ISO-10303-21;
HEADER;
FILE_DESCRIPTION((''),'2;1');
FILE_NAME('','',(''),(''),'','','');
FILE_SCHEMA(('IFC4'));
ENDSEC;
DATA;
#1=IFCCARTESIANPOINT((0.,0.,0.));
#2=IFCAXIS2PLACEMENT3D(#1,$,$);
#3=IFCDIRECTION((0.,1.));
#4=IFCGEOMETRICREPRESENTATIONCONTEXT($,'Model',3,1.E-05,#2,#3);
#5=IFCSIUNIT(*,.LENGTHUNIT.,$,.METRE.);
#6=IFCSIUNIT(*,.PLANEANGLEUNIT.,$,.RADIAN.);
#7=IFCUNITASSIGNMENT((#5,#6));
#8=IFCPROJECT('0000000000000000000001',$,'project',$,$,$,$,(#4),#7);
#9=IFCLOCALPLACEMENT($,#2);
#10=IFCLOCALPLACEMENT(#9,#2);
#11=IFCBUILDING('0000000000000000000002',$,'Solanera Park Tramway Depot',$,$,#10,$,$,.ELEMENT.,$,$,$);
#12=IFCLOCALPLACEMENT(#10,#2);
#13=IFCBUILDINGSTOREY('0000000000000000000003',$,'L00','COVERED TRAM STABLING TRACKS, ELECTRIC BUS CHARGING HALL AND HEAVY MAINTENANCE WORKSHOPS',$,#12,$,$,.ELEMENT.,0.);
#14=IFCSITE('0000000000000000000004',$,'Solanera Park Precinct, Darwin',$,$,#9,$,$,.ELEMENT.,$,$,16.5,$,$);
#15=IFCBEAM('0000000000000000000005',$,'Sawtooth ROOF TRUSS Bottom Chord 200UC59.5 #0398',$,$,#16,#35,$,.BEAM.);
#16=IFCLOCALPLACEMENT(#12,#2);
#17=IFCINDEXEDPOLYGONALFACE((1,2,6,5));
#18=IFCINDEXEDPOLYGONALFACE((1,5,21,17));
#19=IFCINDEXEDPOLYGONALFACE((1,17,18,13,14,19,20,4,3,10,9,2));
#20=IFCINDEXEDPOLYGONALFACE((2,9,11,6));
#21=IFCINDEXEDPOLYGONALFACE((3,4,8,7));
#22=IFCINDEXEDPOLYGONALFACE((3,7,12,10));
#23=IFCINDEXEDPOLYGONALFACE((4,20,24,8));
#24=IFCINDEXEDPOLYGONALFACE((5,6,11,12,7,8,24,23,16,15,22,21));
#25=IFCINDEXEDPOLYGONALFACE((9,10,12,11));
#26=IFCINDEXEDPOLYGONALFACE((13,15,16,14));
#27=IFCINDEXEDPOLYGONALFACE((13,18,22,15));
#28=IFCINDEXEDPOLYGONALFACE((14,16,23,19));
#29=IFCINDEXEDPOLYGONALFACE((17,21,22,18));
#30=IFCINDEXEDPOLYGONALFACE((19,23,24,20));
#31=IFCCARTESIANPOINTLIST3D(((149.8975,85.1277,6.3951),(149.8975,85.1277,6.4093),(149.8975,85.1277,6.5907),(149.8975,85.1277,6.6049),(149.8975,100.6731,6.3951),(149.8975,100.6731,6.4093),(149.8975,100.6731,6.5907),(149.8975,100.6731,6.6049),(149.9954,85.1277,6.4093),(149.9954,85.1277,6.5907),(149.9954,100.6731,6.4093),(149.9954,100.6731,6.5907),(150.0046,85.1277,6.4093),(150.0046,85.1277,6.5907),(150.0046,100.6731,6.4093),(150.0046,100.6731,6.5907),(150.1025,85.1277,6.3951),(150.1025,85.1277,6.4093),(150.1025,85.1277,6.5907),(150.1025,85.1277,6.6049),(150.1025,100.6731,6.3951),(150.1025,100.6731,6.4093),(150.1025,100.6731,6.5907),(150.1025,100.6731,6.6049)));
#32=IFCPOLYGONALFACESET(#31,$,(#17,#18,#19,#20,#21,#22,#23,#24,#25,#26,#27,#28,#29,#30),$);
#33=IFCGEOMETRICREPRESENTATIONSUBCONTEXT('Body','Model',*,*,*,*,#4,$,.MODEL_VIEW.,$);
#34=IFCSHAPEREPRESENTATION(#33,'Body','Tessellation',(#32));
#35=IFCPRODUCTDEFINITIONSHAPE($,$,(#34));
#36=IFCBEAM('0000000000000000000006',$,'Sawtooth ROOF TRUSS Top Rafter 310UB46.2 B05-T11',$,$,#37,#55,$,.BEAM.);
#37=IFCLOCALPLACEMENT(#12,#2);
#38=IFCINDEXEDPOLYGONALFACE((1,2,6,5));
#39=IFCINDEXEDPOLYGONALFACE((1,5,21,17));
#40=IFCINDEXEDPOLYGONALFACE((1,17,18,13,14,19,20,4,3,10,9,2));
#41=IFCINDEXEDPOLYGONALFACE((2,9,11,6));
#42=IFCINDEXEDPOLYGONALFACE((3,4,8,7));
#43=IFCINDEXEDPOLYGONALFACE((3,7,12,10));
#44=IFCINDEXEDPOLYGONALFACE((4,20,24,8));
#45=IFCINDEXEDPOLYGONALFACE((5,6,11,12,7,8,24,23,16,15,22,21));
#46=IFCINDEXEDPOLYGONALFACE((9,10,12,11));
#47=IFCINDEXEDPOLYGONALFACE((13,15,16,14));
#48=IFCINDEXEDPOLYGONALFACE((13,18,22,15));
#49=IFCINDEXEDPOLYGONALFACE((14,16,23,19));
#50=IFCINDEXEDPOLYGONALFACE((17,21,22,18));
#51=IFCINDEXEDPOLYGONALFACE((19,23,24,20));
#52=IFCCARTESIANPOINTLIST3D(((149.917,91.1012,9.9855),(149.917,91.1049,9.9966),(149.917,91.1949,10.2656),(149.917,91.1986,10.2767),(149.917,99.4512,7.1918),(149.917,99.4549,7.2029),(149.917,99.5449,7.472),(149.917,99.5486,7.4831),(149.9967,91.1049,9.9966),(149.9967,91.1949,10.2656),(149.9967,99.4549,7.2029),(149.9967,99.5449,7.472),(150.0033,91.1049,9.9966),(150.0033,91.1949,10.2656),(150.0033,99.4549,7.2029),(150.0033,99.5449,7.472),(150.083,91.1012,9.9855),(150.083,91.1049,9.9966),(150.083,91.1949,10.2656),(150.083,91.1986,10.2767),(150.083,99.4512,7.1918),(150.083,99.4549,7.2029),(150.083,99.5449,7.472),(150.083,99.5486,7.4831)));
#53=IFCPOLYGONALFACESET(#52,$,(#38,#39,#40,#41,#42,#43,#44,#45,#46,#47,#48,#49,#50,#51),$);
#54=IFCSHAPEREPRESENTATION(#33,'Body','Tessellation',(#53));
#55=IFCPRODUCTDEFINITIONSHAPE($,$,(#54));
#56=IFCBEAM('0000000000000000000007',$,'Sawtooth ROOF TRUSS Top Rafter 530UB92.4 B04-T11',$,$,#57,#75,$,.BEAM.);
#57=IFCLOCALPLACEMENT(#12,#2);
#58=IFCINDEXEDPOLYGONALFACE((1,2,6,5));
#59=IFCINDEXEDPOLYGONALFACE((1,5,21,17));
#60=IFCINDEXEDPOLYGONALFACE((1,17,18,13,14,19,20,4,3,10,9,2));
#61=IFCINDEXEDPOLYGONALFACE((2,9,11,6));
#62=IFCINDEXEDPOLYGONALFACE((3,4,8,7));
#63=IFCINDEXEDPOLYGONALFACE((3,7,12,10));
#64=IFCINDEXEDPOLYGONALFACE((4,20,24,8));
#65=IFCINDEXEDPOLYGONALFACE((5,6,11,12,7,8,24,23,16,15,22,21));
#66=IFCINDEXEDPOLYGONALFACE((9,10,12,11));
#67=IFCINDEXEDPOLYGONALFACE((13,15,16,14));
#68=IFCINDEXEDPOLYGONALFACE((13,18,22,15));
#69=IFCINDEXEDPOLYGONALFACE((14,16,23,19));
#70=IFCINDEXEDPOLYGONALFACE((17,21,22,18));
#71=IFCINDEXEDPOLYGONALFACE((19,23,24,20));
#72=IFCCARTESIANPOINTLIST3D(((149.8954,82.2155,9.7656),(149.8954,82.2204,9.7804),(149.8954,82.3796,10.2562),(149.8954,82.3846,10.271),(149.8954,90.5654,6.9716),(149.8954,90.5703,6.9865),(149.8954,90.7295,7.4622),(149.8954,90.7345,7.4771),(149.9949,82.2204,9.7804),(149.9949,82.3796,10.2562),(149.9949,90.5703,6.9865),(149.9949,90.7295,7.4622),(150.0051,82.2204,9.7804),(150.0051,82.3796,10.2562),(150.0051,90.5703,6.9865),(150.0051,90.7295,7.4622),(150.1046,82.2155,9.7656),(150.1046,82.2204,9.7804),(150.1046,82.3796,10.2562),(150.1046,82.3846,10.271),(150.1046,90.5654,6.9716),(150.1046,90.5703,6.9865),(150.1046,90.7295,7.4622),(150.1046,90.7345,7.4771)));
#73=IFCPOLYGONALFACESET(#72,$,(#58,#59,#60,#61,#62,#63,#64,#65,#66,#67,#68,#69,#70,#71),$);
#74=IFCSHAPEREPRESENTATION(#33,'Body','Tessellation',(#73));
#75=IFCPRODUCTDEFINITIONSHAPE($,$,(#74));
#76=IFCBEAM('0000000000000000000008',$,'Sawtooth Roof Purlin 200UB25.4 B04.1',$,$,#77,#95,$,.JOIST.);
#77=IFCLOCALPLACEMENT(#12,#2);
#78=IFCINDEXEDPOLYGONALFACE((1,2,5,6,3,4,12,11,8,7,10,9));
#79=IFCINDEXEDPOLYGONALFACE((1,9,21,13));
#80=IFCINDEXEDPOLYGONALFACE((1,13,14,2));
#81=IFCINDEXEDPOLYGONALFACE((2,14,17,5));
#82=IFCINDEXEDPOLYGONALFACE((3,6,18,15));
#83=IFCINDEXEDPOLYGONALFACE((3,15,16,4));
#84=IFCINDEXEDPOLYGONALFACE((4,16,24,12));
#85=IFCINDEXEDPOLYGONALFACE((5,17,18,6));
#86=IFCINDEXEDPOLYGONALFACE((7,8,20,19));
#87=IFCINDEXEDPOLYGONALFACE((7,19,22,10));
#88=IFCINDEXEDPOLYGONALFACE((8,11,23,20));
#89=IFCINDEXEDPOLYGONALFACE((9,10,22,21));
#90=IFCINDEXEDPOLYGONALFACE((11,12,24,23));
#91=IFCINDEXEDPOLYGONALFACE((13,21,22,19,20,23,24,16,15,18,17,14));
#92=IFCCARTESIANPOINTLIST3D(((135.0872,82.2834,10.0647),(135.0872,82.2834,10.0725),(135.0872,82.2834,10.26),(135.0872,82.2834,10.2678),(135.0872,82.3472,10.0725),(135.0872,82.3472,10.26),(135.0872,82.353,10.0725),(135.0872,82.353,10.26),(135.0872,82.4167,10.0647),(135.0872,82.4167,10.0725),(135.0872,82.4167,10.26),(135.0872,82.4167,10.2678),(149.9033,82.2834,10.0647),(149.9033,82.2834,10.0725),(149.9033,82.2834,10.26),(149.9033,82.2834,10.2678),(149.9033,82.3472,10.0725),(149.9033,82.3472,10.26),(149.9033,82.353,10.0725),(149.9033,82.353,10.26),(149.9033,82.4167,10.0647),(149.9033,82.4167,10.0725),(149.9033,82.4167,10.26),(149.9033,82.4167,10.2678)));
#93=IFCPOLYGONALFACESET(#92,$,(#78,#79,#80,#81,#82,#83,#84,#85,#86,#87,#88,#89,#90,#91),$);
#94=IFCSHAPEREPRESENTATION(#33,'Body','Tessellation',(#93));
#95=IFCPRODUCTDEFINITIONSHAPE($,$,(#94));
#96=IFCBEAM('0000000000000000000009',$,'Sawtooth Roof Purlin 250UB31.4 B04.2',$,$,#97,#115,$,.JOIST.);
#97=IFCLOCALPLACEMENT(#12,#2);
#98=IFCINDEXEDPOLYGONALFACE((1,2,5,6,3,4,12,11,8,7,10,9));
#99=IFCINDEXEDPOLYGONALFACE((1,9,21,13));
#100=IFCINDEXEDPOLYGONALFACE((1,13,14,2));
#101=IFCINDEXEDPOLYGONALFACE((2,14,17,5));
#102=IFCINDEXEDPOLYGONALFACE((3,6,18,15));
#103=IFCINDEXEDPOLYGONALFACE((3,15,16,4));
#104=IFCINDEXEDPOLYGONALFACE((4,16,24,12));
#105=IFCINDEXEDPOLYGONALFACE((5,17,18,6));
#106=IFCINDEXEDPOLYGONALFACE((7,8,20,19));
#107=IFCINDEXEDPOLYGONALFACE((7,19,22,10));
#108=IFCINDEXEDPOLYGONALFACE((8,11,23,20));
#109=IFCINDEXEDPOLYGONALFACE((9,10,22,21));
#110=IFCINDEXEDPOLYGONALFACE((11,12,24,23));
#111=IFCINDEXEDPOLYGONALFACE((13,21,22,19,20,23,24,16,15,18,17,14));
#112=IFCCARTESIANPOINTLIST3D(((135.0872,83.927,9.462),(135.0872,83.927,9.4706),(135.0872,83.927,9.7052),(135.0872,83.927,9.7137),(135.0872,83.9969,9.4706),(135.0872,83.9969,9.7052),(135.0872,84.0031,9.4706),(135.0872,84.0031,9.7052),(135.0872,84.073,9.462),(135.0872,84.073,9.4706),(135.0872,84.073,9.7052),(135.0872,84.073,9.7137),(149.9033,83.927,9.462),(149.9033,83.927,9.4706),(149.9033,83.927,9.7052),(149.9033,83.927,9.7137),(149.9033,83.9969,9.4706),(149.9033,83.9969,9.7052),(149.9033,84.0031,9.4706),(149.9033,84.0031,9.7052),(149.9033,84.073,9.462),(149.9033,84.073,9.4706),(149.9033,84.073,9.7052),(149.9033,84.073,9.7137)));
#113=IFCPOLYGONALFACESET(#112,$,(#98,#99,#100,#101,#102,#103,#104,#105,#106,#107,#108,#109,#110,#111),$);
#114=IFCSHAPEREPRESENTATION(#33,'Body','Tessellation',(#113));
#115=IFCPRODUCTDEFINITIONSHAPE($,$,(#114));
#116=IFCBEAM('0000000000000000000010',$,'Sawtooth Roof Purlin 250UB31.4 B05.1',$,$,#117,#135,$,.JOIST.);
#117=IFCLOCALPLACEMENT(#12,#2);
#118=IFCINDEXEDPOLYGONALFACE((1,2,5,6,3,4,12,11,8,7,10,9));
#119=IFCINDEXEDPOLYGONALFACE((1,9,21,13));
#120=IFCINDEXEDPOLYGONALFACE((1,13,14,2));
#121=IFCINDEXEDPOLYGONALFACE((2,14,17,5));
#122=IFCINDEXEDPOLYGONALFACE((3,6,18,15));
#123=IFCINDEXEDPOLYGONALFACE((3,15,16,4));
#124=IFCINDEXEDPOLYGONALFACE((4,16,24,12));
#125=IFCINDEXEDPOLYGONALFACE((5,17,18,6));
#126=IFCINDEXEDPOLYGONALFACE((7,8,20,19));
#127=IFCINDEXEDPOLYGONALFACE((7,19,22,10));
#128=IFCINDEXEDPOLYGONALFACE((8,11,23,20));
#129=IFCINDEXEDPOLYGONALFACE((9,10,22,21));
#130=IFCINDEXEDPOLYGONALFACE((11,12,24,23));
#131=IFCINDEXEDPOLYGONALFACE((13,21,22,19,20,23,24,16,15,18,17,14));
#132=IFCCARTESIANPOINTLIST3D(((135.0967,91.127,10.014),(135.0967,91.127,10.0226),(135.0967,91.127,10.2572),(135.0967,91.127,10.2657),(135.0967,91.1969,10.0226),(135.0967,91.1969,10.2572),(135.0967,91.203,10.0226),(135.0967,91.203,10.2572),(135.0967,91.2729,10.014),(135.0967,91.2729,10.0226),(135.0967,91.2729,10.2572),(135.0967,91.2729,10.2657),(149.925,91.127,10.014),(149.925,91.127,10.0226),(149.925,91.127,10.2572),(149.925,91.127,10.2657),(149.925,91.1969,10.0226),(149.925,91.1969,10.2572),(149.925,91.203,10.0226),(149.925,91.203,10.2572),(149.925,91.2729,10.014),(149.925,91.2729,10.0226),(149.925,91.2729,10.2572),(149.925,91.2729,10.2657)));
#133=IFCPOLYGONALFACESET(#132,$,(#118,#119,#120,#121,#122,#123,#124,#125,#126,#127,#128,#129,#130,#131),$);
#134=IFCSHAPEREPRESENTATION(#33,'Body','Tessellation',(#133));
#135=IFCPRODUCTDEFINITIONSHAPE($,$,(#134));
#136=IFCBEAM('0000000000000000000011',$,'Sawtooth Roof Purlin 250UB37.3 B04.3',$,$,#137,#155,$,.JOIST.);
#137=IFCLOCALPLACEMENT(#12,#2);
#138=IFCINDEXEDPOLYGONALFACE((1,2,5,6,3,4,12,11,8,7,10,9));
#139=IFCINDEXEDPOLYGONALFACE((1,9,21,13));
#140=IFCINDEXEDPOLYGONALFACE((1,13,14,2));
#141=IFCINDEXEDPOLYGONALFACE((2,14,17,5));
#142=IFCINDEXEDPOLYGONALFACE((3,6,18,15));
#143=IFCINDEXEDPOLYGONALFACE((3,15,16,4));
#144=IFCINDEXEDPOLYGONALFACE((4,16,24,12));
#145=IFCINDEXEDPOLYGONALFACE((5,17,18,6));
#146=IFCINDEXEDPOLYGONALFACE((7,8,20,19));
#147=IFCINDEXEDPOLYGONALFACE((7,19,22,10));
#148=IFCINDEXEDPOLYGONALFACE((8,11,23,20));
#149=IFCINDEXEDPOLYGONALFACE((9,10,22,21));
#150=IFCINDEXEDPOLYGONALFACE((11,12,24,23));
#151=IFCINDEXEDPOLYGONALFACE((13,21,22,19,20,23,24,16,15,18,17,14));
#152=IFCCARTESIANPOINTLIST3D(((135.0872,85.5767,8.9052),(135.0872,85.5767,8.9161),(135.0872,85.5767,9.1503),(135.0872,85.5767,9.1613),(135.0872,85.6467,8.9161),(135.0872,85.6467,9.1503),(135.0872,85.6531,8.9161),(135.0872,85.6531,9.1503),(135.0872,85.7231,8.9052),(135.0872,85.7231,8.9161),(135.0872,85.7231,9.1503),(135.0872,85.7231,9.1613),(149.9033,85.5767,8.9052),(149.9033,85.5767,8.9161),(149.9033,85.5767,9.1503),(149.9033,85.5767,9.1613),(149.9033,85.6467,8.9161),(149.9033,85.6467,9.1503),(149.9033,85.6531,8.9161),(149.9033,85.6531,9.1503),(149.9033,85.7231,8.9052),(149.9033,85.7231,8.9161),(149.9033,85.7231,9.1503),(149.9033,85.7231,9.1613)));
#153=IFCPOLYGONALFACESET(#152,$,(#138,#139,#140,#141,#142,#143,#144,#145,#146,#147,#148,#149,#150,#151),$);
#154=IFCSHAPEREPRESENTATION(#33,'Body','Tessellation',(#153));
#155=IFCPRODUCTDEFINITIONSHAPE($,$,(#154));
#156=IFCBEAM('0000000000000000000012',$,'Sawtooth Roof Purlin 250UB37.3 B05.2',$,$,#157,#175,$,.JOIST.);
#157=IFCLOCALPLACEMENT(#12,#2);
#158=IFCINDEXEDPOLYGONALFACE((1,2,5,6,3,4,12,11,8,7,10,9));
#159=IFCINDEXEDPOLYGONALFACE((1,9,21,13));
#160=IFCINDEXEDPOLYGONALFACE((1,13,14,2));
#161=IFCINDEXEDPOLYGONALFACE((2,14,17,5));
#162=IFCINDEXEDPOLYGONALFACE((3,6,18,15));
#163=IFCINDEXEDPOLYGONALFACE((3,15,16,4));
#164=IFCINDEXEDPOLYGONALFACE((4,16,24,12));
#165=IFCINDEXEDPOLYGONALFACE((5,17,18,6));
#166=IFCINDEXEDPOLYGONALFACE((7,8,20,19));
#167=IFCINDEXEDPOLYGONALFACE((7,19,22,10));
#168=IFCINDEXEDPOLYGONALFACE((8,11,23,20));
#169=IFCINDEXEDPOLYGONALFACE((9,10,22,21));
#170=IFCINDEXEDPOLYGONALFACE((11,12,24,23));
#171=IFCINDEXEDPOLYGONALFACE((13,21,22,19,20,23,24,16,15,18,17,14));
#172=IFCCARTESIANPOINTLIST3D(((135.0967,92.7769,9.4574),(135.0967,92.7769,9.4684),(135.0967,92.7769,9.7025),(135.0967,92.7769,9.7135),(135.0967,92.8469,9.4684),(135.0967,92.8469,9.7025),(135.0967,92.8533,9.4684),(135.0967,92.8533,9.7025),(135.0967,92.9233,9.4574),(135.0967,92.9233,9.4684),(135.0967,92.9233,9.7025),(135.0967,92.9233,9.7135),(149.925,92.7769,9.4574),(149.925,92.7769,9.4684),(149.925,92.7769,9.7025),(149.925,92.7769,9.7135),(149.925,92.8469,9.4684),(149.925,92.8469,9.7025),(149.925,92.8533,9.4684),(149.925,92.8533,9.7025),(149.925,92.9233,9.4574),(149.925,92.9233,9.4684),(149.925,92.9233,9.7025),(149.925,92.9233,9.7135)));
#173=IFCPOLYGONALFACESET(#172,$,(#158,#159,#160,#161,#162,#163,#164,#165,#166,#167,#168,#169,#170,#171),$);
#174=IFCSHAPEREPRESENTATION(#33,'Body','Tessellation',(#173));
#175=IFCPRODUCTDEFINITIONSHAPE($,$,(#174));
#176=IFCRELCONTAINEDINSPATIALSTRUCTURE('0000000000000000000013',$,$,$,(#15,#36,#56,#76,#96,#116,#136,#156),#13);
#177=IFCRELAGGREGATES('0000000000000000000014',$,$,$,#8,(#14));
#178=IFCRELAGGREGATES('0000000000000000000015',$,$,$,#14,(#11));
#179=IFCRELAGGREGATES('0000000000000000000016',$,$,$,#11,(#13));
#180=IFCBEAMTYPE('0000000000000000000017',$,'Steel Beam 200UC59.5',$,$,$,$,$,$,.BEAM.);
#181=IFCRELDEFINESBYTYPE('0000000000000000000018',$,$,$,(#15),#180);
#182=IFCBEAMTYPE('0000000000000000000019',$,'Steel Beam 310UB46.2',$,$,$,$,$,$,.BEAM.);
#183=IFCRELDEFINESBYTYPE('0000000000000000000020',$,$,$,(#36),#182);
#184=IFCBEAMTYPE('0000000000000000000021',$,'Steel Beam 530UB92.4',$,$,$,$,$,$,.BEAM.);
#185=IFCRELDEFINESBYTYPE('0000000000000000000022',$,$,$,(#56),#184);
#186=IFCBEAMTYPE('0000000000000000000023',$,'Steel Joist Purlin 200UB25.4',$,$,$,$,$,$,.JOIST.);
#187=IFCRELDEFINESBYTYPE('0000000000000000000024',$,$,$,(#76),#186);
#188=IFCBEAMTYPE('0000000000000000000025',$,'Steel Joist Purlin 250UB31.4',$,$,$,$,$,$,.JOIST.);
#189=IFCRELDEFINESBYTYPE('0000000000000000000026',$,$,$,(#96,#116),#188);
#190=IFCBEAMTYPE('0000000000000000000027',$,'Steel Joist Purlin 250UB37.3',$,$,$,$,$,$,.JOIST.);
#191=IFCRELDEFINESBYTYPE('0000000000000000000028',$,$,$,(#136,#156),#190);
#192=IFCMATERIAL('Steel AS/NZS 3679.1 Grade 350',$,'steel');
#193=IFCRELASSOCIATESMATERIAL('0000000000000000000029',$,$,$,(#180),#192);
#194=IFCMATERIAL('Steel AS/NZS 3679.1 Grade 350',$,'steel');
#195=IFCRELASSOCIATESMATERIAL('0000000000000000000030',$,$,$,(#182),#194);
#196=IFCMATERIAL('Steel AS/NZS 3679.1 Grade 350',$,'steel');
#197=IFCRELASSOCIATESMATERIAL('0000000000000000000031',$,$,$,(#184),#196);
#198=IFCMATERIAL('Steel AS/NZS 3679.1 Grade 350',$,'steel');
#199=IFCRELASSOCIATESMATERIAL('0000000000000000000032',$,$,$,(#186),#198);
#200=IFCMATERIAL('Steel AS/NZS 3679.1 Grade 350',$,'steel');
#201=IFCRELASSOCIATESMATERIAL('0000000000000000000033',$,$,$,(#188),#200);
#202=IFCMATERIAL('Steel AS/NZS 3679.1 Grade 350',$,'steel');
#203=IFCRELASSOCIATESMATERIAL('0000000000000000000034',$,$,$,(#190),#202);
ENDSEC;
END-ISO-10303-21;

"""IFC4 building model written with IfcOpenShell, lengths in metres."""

from ifc_helpers import new_model, si_unit, direction, frame, origin, origin_2d, place, context, subcontext, project, spatial, i_section, extrude, material, material_profile, profile_set, type_object, element, save


model = new_model("IFC4")

# Units and contexts
model_context = context("Model", 3, precision=1e-05, world=origin(), true_north=direction((0.0, 1.0)))
body_context = subcontext(model_context, "Body", "Model", "MODEL_VIEW")
ifc_project = project(units=[si_unit("LENGTHUNIT", "METRE"), si_unit("PLANEANGLEUNIT", "RADIAN")], contexts=[model_context])

# Site, building, storey
site_placement = place(None, origin())
site = spatial("IfcSite", under=ifc_project, at=site_placement, Name="Solanera Park Precinct, Darwin", CompositionType="ELEMENT", RefElevation=16.5)
building_placement = place(site_placement, origin())
building = spatial("IfcBuilding", under=site, at=building_placement, Name="Solanera Park Tramway Depot", CompositionType="ELEMENT")
storey_placement = place(building_placement, origin())
storey = spatial("IfcBuildingStorey", under=building, at=storey_placement, Name="L00", Description="COVERED TRAM STABLING TRACKS, ELECTRIC BUS CHARGING HALL AND HEAVY MAINTENANCE WORKSHOPS", CompositionType="ELEMENT", Elevation=0.0)

# Beams
ifc_material_1 = material(Name="Steel AS/NZS 3679.1 Grade 350", Category="steel")
ifc_material_profile_1 = material_profile(ifc_material_1, i_section(OverallWidth=0.2051, OverallDepth=0.2097, WebThickness=0.0093, FlangeThickness=0.0142, at=origin_2d()), Name="200UC59.5")
ifc_profile_set_1 = profile_set([ifc_material_profile_1], Name="Steel AS/NZS 3679.1 Grade 350")
beam_type_1 = type_object("IfcBeamType", Name="Steel Beam 200UC59.5", PredefinedType="BEAM", material=ifc_profile_set_1)
beam_1_placement = place(storey_placement, frame((150.0, 85.1277, 6.5), z_axis=(0.0, 1.0, 0.0), x_axis=(-1.0, 0.0, 0.0)))
element("IfcBeam", 1, at=beam_1_placement, inside=storey, type_object=beam_type_1, Name="Sawtooth ROOF TRUSS Bottom Chord 200UC59.5 #0398", PredefinedType="BEAM", context=body_context, shape_type="SweptSolid", body=[
    extrude(i_section(OverallWidth=0.2051, OverallDepth=0.2097, WebThickness=0.0093, FlangeThickness=0.0142, at=origin_2d()), origin(), (0.0, 0.0, 1.0), 15.5454),
])
ifc_material_2 = material(Name="Steel AS/NZS 3679.1 Grade 350", Category="steel")
ifc_material_profile_2 = material_profile(ifc_material_2, i_section(OverallWidth=0.166, OverallDepth=0.3071, WebThickness=0.0066, FlangeThickness=0.0117, at=origin_2d()), Name="310UB46.2")
ifc_profile_set_2 = profile_set([ifc_material_profile_2], Name="Steel AS/NZS 3679.1 Grade 350")
beam_type_2 = type_object("IfcBeamType", Name="Steel Beam 310UB46.2", PredefinedType="BEAM", material=ifc_profile_set_2)
beam_2_placement = place(storey_placement, frame((150.0, 91.1499, 10.1311), z_axis=(0.0, 0.948331, -0.317284), x_axis=(-1.0, 0.0, 0.0)))
element("IfcBeam", 2, at=beam_2_placement, inside=storey, type_object=beam_type_2, Name="Sawtooth ROOF TRUSS Top Rafter 310UB46.2 B05-T11", PredefinedType="BEAM", context=body_context, shape_type="SweptSolid", body=[
    extrude(i_section(OverallWidth=0.166, OverallDepth=0.3071, WebThickness=0.0066, FlangeThickness=0.0117, at=origin_2d()), origin(), (0.0, 0.0, 1.0), 8.8049),
])
ifc_material_3 = material(Name="Steel AS/NZS 3679.1 Grade 350", Category="steel")
ifc_material_profile_3 = material_profile(ifc_material_3, i_section(OverallWidth=0.2092, OverallDepth=0.533, WebThickness=0.0103, FlangeThickness=0.0156, at=origin_2d()), Name="530UB92.4")
ifc_profile_set_3 = profile_set([ifc_material_profile_3], Name="Steel AS/NZS 3679.1 Grade 350")
beam_type_3 = type_object("IfcBeamType", Name="Steel Beam 530UB92.4", PredefinedType="BEAM", material=ifc_profile_set_3)
beam_3_placement = place(storey_placement, frame((150.0, 82.3, 10.0183), z_axis=(0.0, 0.948319, -0.317317), x_axis=(-1.0, 0.0, 0.0)))
element("IfcBeam", 3, at=beam_3_placement, inside=storey, type_object=beam_type_3, Name="Sawtooth ROOF TRUSS Top Rafter 530UB92.4 B04-T11", PredefinedType="BEAM", context=body_context, shape_type="SweptSolid", body=[
    extrude(i_section(OverallWidth=0.2092, OverallDepth=0.533, WebThickness=0.0103, FlangeThickness=0.0156, at=origin_2d()), origin(), (0.0, 0.0, 1.0), 8.8049),
])
ifc_material_4 = material(Name="Steel AS/NZS 3679.1 Grade 350", Category="steel")
ifc_material_profile_4 = material_profile(ifc_material_4, i_section(OverallWidth=0.1333, OverallDepth=0.2031, WebThickness=0.0059, FlangeThickness=0.0078, at=origin_2d()), Name="200UB25.4")
ifc_profile_set_4 = profile_set([ifc_material_profile_4], Name="Steel AS/NZS 3679.1 Grade 350")
beam_type_4 = type_object("IfcBeamType", Name="Steel Joist Purlin 200UB25.4", PredefinedType="JOIST", material=ifc_profile_set_4)
beam_4_placement = place(storey_placement, frame((135.0872, 82.3501, 10.1663), z_axis=(1.0, 0.0, 0.0), x_axis=(0.0, 1.0, 0.0)))
element("IfcBeam", 4, at=beam_4_placement, inside=storey, type_object=beam_type_4, Name="Sawtooth Roof Purlin 200UB25.4 B04.1", PredefinedType="JOIST", context=body_context, shape_type="SweptSolid", body=[
    extrude(i_section(OverallWidth=0.1333, OverallDepth=0.2031, WebThickness=0.0059, FlangeThickness=0.0078, at=origin_2d()), origin(), (0.0, 0.0, 1.0), 14.8162),
])
ifc_material_5 = material(Name="Steel AS/NZS 3679.1 Grade 350", Category="steel")
ifc_material_profile_5 = material_profile(ifc_material_5, i_section(OverallWidth=0.146, OverallDepth=0.2517, WebThickness=0.0061, FlangeThickness=0.0085, at=origin_2d()), Name="250UB31.4")
ifc_profile_set_5 = profile_set([ifc_material_profile_5], Name="Steel AS/NZS 3679.1 Grade 350")
beam_type_5 = type_object("IfcBeamType", Name="Steel Joist Purlin 250UB31.4", PredefinedType="JOIST", material=ifc_profile_set_5)
beam_5_placement = place(storey_placement, frame((135.0872, 84.0, 9.5879), z_axis=(1.0, 0.0, 0.0), x_axis=(0.0, 1.0, 0.0)))
element("IfcBeam", 5, at=beam_5_placement, inside=storey, type_object=beam_type_5, Name="Sawtooth Roof Purlin 250UB31.4 B04.2", PredefinedType="JOIST", context=body_context, shape_type="SweptSolid", body=[
    extrude(i_section(OverallWidth=0.146, OverallDepth=0.2517, WebThickness=0.0061, FlangeThickness=0.0085, at=origin_2d()), origin(), (0.0, 0.0, 1.0), 14.8162),
])
beam_6_placement = place(storey_placement, frame((135.0967, 91.2, 10.1399), z_axis=(1.0, 0.0, 0.0), x_axis=(0.0, 1.0, 0.0)))
element("IfcBeam", 6, at=beam_6_placement, inside=storey, type_object=beam_type_5, Name="Sawtooth Roof Purlin 250UB31.4 B05.1", PredefinedType="JOIST", context=body_context, shape_type="SweptSolid", body=[
    extrude(i_section(OverallWidth=0.146, OverallDepth=0.2517, WebThickness=0.0061, FlangeThickness=0.0085, at=origin_2d()), origin(), (0.0, 0.0, 1.0), 14.8284),
])
ifc_material_6 = material(Name="Steel AS/NZS 3679.1 Grade 350", Category="steel")
ifc_material_profile_6 = material_profile(ifc_material_6, i_section(OverallWidth=0.1465, OverallDepth=0.2561, WebThickness=0.0063, FlangeThickness=0.011, at=origin_2d()), Name="250UB37.3")
ifc_profile_set_6 = profile_set([ifc_material_profile_6], Name="Steel AS/NZS 3679.1 Grade 350")
beam_type_6 = type_object("IfcBeamType", Name="Steel Joist Purlin 250UB37.3", PredefinedType="JOIST", material=ifc_profile_set_6)
beam_7_placement = place(storey_placement, frame((135.0872, 85.6499, 9.0332), z_axis=(1.0, 0.0, 0.0), x_axis=(0.0, 1.0, 0.0)))
element("IfcBeam", 7, at=beam_7_placement, inside=storey, type_object=beam_type_6, Name="Sawtooth Roof Purlin 250UB37.3 B04.3", PredefinedType="JOIST", context=body_context, shape_type="SweptSolid", body=[
    extrude(i_section(OverallWidth=0.1465, OverallDepth=0.2561, WebThickness=0.0063, FlangeThickness=0.011, at=origin_2d()), origin(), (0.0, 0.0, 1.0), 14.8162),
])
beam_8_placement = place(storey_placement, frame((135.0967, 92.8501, 9.5854), z_axis=(1.0, 0.0, 0.0), x_axis=(0.0, 1.0, 0.0)))
element("IfcBeam", 8, at=beam_8_placement, inside=storey, type_object=beam_type_6, Name="Sawtooth Roof Purlin 250UB37.3 B05.2", PredefinedType="JOIST", context=body_context, shape_type="SweptSolid", body=[
    extrude(i_section(OverallWidth=0.1465, OverallDepth=0.2561, WebThickness=0.0063, FlangeThickness=0.011, at=origin_2d()), origin(), (0.0, 0.0, 1.0), 14.8284),
])

save(model, "model.ifc")
